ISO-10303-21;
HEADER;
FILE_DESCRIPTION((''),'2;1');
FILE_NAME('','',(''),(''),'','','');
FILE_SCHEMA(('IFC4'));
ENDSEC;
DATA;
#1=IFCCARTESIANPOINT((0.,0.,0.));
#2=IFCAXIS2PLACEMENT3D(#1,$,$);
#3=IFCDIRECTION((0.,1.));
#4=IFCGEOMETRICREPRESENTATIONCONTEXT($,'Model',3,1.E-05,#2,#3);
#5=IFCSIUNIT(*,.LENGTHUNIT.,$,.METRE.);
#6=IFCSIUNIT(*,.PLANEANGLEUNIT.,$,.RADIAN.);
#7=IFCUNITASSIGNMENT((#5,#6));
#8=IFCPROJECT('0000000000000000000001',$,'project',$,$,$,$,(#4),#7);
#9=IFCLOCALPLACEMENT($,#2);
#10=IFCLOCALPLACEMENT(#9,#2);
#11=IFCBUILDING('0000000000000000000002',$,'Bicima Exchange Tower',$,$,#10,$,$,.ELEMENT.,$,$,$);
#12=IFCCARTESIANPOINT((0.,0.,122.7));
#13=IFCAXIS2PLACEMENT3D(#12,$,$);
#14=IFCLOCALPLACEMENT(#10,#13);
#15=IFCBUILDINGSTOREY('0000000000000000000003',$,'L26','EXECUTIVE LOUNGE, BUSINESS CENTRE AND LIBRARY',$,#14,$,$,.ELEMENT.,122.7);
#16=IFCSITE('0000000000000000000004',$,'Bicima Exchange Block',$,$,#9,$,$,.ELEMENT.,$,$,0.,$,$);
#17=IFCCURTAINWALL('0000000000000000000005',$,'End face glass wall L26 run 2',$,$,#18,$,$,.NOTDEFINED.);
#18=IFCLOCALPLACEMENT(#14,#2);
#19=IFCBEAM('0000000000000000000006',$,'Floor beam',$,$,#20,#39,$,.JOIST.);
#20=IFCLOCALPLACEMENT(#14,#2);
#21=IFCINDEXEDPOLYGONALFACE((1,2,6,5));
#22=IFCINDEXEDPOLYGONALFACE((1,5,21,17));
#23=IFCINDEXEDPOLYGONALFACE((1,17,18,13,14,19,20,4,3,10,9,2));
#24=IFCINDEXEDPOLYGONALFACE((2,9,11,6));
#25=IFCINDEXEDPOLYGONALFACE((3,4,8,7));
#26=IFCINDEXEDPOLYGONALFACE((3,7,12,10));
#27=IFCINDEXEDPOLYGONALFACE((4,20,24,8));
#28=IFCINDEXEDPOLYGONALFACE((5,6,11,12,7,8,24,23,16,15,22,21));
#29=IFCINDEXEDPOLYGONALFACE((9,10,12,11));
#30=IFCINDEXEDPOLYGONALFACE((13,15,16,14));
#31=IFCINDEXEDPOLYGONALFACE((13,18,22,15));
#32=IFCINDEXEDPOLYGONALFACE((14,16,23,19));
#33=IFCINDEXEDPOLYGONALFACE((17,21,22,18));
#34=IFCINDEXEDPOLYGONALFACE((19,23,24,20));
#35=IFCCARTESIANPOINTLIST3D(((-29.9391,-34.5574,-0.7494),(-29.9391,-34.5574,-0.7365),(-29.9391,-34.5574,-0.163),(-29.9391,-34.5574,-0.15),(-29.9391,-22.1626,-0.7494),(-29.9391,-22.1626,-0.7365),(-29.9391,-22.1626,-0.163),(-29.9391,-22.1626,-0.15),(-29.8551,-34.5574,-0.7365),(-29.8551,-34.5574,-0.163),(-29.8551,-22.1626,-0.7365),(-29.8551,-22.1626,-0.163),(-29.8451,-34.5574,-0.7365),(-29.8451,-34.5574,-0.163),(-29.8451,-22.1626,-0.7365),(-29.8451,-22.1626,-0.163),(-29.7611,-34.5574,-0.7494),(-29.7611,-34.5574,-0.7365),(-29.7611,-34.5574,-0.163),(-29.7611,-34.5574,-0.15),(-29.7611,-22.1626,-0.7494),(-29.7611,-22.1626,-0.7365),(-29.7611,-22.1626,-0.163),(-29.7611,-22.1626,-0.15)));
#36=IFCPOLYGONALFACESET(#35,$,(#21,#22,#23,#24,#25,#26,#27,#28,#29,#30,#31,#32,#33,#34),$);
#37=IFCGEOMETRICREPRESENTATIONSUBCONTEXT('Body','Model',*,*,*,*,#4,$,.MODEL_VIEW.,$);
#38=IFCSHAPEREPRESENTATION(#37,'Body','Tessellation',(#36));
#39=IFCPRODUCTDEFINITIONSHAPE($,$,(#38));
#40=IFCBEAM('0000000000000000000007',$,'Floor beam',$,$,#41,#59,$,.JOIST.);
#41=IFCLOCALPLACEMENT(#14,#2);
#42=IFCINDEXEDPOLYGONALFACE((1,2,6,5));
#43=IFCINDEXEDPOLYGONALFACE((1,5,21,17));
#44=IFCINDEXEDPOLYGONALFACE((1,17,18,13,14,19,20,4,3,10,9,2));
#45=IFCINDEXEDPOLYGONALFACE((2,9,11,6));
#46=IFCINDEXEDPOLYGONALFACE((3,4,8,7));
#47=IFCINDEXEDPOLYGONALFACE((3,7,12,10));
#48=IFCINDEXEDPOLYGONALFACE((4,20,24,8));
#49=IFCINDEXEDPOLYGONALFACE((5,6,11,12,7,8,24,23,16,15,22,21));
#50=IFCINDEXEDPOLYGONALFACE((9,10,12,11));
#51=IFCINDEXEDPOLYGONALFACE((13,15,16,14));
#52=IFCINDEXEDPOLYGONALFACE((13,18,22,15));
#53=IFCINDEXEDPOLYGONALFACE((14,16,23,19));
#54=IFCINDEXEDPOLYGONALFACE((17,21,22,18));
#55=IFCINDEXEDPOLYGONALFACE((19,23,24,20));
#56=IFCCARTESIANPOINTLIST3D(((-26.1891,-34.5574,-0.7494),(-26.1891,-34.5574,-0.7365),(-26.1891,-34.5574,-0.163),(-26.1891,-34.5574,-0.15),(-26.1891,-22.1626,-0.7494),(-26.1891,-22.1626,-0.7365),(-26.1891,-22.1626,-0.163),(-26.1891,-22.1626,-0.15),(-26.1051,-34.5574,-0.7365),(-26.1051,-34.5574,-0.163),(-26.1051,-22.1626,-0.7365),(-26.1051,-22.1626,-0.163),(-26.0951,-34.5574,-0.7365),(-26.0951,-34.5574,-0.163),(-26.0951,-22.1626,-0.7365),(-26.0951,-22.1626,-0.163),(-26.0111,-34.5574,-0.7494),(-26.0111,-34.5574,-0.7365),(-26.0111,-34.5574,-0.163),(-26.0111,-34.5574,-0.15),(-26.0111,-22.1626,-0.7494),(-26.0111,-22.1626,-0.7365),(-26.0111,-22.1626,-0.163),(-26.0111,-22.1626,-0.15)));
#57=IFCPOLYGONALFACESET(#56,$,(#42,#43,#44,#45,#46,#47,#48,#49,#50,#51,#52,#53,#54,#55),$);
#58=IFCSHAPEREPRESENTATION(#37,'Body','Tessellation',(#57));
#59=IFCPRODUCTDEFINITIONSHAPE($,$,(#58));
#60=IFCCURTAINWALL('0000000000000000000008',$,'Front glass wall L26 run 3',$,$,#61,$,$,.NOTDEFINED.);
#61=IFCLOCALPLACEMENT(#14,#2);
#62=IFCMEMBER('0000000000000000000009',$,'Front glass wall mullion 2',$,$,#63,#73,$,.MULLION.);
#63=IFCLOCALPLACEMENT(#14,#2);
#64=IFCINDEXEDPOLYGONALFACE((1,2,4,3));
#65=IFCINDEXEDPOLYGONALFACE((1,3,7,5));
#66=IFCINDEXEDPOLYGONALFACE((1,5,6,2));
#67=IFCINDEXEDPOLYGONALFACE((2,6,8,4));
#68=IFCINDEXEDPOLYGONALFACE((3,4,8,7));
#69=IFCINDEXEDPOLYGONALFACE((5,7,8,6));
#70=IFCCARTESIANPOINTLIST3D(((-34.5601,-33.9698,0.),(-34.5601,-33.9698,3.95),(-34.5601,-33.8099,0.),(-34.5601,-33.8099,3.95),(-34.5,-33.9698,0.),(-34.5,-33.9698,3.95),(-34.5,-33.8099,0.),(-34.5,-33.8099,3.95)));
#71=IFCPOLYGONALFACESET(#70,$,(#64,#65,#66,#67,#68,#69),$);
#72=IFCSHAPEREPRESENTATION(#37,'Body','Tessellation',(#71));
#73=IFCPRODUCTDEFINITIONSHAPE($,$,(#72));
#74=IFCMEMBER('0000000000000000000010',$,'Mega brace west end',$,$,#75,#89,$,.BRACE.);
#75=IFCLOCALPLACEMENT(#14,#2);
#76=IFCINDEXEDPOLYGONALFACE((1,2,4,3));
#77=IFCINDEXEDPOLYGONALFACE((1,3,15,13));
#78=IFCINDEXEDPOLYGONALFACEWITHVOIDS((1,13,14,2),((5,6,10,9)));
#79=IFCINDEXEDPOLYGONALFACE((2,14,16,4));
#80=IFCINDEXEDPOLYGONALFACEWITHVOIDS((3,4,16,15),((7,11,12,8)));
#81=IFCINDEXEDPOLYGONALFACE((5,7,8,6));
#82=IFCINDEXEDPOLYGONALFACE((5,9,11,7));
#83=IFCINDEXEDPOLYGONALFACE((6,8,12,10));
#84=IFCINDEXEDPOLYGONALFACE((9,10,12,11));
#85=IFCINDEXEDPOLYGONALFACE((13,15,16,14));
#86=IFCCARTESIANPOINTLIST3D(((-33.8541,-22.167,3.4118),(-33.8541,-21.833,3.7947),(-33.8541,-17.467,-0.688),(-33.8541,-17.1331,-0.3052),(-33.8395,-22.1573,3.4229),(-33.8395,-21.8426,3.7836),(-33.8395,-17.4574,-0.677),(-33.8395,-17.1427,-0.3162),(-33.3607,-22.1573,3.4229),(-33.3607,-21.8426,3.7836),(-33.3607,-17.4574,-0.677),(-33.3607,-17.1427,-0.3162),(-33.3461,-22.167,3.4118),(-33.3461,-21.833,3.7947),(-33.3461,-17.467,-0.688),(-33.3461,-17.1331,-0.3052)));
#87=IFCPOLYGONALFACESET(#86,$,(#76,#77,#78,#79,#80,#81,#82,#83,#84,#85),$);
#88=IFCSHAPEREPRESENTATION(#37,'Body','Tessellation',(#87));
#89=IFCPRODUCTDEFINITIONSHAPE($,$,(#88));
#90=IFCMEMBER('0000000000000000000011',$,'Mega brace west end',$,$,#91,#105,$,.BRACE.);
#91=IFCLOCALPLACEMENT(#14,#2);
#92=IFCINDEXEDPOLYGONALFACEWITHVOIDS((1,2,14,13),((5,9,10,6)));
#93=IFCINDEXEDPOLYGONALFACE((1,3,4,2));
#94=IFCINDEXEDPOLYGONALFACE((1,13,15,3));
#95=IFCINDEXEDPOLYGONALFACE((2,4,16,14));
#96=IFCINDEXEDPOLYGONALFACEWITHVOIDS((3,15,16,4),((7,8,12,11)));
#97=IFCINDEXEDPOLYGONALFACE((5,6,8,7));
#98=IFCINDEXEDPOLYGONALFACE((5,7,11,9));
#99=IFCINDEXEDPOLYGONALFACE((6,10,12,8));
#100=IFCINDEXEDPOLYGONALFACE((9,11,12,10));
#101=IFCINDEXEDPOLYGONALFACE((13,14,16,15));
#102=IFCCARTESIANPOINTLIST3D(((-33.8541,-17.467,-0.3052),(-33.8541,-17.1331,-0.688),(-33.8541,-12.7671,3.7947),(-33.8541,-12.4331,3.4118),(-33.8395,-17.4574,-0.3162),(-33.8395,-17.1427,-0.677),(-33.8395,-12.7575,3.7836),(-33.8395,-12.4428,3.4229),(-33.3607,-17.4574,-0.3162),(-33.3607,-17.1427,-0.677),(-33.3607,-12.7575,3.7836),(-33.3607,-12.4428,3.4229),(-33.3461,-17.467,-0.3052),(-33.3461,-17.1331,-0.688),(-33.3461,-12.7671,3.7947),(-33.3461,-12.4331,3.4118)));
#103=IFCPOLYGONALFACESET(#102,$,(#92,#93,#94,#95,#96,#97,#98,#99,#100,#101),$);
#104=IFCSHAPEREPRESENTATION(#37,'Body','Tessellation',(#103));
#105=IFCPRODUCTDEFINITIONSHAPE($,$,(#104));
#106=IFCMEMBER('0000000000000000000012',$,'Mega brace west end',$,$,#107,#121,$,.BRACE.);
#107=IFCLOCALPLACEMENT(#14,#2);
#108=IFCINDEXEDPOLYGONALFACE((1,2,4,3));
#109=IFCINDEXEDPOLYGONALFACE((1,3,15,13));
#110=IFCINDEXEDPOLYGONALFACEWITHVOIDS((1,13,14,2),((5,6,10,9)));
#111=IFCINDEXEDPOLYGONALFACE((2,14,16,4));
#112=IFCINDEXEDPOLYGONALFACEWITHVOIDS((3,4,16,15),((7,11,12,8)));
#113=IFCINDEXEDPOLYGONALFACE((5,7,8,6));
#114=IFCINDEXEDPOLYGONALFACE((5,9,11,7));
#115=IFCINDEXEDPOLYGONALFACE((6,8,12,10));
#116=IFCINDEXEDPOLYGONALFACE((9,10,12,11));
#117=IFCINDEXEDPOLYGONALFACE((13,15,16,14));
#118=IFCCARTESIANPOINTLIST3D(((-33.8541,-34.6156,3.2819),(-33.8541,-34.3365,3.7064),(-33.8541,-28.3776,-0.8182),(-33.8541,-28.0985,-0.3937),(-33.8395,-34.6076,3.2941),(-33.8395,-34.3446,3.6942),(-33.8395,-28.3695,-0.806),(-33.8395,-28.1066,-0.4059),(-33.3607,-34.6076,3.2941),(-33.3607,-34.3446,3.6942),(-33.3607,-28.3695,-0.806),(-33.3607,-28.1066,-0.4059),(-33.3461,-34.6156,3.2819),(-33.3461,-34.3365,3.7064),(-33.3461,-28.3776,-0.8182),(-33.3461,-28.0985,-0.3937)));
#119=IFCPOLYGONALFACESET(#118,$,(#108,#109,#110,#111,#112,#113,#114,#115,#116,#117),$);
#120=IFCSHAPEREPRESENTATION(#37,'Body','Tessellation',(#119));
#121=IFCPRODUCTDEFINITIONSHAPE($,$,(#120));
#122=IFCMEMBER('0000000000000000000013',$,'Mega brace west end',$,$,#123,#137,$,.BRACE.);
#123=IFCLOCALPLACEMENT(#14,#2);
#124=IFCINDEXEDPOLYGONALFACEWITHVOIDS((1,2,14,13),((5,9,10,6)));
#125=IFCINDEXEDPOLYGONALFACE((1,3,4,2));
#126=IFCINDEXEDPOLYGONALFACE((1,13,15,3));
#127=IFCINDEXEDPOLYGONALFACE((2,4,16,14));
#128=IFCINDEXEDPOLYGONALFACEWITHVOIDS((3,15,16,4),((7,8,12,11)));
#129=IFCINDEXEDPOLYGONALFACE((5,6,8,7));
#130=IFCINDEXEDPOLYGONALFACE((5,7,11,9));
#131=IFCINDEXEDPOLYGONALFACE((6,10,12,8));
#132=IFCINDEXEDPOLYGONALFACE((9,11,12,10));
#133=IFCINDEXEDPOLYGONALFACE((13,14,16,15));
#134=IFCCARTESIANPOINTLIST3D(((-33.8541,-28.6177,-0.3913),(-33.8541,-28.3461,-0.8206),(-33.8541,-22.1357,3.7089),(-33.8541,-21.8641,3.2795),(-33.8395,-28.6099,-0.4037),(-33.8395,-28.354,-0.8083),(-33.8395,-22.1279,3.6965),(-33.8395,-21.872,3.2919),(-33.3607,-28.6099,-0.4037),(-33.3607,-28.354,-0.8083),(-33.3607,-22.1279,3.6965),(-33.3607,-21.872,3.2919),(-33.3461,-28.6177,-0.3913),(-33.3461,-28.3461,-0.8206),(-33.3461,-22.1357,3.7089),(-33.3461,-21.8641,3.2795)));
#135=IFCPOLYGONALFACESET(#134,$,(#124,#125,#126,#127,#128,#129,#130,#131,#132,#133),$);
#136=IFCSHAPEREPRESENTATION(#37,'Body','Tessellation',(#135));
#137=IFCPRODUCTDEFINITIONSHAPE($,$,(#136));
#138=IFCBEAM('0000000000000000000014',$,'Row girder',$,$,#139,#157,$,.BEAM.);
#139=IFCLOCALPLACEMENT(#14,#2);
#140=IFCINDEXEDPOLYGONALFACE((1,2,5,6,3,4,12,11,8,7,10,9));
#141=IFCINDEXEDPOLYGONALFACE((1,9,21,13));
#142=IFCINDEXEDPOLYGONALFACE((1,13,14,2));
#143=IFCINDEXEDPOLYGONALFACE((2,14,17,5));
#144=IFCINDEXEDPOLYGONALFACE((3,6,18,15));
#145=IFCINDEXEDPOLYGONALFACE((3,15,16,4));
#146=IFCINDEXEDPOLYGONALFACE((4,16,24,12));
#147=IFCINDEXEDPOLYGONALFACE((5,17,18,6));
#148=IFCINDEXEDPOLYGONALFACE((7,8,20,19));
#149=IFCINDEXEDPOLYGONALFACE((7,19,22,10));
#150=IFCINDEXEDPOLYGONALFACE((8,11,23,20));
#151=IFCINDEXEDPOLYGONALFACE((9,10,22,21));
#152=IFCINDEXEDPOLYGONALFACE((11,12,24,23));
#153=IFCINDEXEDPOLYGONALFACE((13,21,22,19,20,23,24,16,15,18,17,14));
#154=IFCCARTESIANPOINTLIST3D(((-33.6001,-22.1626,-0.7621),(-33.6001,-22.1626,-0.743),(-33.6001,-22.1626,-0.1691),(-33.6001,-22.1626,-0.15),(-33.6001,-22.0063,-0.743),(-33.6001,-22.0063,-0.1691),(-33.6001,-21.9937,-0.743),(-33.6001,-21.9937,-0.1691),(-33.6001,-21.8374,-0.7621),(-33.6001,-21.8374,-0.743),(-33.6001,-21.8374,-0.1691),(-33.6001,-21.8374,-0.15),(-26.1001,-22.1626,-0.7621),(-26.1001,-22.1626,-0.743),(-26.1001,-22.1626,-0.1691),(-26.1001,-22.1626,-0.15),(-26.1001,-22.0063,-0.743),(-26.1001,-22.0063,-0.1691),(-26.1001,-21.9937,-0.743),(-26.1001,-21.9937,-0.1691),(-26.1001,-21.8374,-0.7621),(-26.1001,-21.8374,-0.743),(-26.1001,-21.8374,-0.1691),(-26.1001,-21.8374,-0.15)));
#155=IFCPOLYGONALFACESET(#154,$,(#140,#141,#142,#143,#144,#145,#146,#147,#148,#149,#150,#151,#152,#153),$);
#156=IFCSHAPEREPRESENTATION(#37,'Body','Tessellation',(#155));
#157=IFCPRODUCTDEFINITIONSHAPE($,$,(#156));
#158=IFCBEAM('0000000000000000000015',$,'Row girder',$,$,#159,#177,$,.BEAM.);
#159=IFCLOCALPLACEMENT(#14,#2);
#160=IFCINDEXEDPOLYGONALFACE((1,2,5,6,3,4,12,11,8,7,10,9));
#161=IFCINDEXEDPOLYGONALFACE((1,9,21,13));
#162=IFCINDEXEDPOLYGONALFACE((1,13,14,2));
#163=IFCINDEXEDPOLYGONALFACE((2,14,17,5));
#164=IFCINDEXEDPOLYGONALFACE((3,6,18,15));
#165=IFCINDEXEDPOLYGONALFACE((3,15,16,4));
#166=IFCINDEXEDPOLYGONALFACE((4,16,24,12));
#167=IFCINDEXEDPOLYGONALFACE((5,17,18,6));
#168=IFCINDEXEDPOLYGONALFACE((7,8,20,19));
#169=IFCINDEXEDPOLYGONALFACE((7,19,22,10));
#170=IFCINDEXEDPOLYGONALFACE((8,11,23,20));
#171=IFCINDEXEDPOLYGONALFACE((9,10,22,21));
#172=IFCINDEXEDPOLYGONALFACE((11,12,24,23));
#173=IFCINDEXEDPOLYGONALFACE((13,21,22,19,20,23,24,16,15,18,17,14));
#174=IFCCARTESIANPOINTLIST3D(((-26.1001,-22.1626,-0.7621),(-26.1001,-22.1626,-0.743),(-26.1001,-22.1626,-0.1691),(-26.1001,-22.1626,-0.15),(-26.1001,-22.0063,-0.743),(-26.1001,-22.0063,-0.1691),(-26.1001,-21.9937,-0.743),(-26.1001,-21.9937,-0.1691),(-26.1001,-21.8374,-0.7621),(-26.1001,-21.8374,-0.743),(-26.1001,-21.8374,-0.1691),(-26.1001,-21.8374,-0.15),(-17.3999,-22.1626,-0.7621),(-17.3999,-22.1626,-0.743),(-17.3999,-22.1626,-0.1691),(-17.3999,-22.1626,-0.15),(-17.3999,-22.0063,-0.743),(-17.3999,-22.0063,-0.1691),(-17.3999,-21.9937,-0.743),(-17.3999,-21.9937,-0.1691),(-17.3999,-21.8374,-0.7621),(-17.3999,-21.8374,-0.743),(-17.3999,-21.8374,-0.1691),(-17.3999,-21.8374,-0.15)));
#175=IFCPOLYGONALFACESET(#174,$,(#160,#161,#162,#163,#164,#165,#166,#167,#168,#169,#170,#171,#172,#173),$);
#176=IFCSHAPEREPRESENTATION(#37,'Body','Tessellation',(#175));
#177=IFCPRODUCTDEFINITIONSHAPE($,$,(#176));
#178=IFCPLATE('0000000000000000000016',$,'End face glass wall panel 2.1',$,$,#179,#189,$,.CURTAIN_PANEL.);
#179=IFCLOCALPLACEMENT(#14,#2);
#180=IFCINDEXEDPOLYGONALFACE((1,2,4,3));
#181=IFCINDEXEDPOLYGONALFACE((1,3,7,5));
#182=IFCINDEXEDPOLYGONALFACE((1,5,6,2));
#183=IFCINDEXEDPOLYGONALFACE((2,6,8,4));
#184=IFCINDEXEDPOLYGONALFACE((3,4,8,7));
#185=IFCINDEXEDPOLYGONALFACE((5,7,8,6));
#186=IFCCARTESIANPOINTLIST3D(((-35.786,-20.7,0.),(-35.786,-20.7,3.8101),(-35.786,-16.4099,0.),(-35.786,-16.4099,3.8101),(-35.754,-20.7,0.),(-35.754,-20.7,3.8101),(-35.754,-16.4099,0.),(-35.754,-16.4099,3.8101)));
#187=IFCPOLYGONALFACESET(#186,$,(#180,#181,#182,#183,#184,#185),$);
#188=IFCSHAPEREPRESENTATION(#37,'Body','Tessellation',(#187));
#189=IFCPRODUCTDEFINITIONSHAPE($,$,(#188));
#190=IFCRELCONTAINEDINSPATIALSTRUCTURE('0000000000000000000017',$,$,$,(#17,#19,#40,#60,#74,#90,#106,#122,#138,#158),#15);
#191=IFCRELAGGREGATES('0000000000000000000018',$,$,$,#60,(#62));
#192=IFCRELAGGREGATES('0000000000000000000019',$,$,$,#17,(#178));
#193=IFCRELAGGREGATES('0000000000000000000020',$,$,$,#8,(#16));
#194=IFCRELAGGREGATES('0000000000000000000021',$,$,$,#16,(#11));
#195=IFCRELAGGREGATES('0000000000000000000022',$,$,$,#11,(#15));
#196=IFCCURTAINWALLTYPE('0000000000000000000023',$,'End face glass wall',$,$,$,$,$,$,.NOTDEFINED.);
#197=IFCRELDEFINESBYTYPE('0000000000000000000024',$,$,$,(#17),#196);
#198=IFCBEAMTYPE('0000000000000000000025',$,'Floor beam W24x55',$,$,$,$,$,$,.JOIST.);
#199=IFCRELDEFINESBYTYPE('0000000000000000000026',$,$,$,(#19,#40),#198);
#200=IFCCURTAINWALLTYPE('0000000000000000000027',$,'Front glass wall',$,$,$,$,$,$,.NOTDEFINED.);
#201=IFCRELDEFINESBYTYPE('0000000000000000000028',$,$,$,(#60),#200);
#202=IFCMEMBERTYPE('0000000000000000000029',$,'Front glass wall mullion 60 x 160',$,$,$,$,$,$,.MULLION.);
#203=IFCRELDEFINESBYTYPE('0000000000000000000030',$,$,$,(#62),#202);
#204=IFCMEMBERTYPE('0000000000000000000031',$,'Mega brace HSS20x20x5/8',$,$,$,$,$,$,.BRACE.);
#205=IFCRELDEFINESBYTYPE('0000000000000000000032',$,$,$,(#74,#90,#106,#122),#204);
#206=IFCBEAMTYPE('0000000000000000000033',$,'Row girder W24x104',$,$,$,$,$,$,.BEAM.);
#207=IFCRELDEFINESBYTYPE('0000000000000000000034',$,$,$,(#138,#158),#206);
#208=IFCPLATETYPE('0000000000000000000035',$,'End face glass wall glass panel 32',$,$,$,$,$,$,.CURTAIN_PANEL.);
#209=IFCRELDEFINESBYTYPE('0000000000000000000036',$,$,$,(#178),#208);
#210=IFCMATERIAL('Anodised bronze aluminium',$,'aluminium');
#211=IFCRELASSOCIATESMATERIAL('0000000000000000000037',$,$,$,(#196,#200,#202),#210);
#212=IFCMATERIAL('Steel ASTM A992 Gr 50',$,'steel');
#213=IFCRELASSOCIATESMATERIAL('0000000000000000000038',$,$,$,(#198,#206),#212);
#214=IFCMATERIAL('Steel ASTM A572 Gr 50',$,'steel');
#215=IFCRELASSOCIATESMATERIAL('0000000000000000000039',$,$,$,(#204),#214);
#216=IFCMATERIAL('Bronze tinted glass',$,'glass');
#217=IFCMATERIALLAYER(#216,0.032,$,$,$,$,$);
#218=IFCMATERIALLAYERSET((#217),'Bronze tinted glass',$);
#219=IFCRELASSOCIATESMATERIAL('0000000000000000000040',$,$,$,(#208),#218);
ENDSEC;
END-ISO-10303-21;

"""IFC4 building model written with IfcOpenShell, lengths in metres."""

from ifc_helpers import new_model, si_unit, direction, frame, origin, origin_2d, place, context, subcontext, project, spatial, rectangle, hollow_rectangle, i_section, extrude, material, layer, layer_set, material_profile, profile_set, type_object, element, aggregate, save


model = new_model("IFC4")

# Units and contexts
model_context = context("Model", 3, precision=1e-05, world=origin(), true_north=direction((0.0, 1.0)))
body_context = subcontext(model_context, "Body", "Model", "MODEL_VIEW")
ifc_project = project(units=[si_unit("LENGTHUNIT", "METRE"), si_unit("PLANEANGLEUNIT", "RADIAN")], contexts=[model_context])

# Site, building, storey
site_placement = place(None, origin())
site = spatial("IfcSite", under=ifc_project, at=site_placement, Name="Bicima Exchange Block", CompositionType="ELEMENT", RefElevation=0.0)
building_placement = place(site_placement, origin())
building = spatial("IfcBuilding", under=site, at=building_placement, Name="Bicima Exchange Tower", CompositionType="ELEMENT")
storey_placement = place(building_placement, frame((0.0, 0.0, 122.7)))
storey = spatial("IfcBuildingStorey", under=building, at=storey_placement, Name="L26", Description="EXECUTIVE LOUNGE, BUSINESS CENTRE AND LIBRARY", CompositionType="ELEMENT", Elevation=122.7)

# Shared definitions
ifc_material_1 = material(Name="Steel ASTM A992 Gr 50", Category="steel")

# Curtain wall
ifc_material_2 = material(Name="Anodised bronze aluminium", Category="aluminium")
curtain_wall_type_1 = type_object("IfcCurtainWallType", Name="End face glass wall", PredefinedType="NOTDEFINED", material=ifc_material_2)
curtain_wall_1_placement = place(storey_placement, origin())
curtain_wall_1 = element("IfcCurtainWall", 1, at=curtain_wall_1_placement, inside=storey, type_object=curtain_wall_type_1, Name="End face glass wall L26 run 2", PredefinedType="NOTDEFINED")
ifc_material_profile_1 = material_profile(ifc_material_2, rectangle(XDim=0.1599, YDim=0.0601, at=origin_2d()))
ifc_profile_set_1 = profile_set([ifc_material_profile_1], Name="Anodised bronze aluminium")

# Beams
ifc_material_profile_2 = material_profile(ifc_material_1, i_section(OverallWidth=0.178, OverallDepth=0.5994, WebThickness=0.01, FlangeThickness=0.0129, at=origin_2d()))
ifc_profile_set_2 = profile_set([ifc_material_profile_2], Name="Steel ASTM A992 Gr 50")
beam_type_1 = type_object("IfcBeamType", Name="Floor beam W24x55", PredefinedType="JOIST", material=ifc_profile_set_2)
for number, where, z_axis, x_axis, name in (
    (2, (-29.8501, -22.1626, -0.4497), (0.0, -1.0, 0.0), (1.0, 0.0, 0.0), "Floor beam"),
    (3, (-26.1001, -22.1626, -0.4497), (0.0, -1.0, 0.0), (1.0, 0.0, 0.0), "Floor beam"),
):
    element("IfcBeam", number, at=place(storey_placement, frame(where, z_axis=z_axis, x_axis=x_axis)), inside=storey, type_object=beam_type_1, Name=name, PredefinedType="JOIST", context=body_context, shape_type="SweptSolid", body=[
        extrude(i_section(OverallWidth=0.178, OverallDepth=0.5994, WebThickness=0.01, FlangeThickness=0.0129, at=origin_2d()), origin(), (0.0, 0.0, 1.0), 12.3948),
    ])

# Curtain wall, member
curtain_wall_type_2 = type_object("IfcCurtainWallType", Name="Front glass wall", PredefinedType="NOTDEFINED", material=ifc_material_2)
curtain_wall_2_placement = place(storey_placement, origin())
curtain_wall_2 = element("IfcCurtainWall", 4, at=curtain_wall_2_placement, inside=storey, type_object=curtain_wall_type_2, Name="Front glass wall L26 run 3", PredefinedType="NOTDEFINED")
member_type_1 = type_object("IfcMemberType", Name="Front glass wall mullion 60 x 160", PredefinedType="MULLION", material=ifc_profile_set_1)
member_1_placement = place(storey_placement, frame((-34.53, -33.8899, 0.0), z_axis=(0.0, 0.0, 1.0), x_axis=(0.0, 1.0, 0.0)))
member_1 = element("IfcMember", 5, at=member_1_placement, type_object=member_type_1, Name="Front glass wall mullion 2", PredefinedType="MULLION", context=body_context, shape_type="SweptSolid", body=[
    extrude(rectangle(XDim=0.1599, YDim=0.0601, at=origin_2d()), origin(), (0.0, 0.0, 1.0), 3.95),
])
aggregate(curtain_wall_2, [member_1])

# Members
ifc_material_3 = material(Name="Steel ASTM A572 Gr 50", Category="steel")
ifc_material_profile_3 = material_profile(ifc_material_3, hollow_rectangle(XDim=0.5081, YDim=0.5081, WallThickness=0.0146, at=origin_2d()))
ifc_profile_set_3 = profile_set([ifc_material_profile_3], Name="Steel ASTM A572 Gr 50")
member_type_2 = type_object("IfcMemberType", Name="Mega brace HSS20x20x5/8", PredefinedType="BRACE", material=ifc_profile_set_3)
for number, where, z_axis, x_axis, name in (
    (6, (-33.6001, -17.3, -0.4966), (0.0, -0.753577, 0.657359), (1.0, 0.0, 0.0), "Mega brace west end"),
    (7, (-33.6001, -17.3, -0.4966), (0.0, 0.753577, 0.657359), (-1.0, 0.0, 0.0), "Mega brace west end"),
):
    element("IfcMember", number, at=place(storey_placement, frame(where, z_axis=z_axis, x_axis=x_axis)), inside=storey, type_object=member_type_2, Name=name, PredefinedType="BRACE", context=body_context, shape_type="SweptSolid", body=[
        extrude(hollow_rectangle(XDim=0.5081, YDim=0.5081, WallThickness=0.0146, at=origin_2d()), origin(), (0.0, 0.0, 1.0), 6.2368),
    ])
member_2_placement = place(storey_placement, frame((-33.6001, -28.238, -0.606), z_axis=(0.0, -0.835655, 0.549254), x_axis=(1.0, 0.0, 0.0)))
element("IfcMember", 8, at=member_2_placement, inside=storey, type_object=member_type_2, Name="Mega brace west end", PredefinedType="BRACE", context=body_context, shape_type="SweptSolid", body=[
    extrude(hollow_rectangle(XDim=0.5081, YDim=0.5081, WallThickness=0.0146, at=origin_2d()), origin(), (0.0, 0.0, 1.0), 7.4648),
])
member_3_placement = place(storey_placement, frame((-33.6001, -28.4819, -0.606), z_axis=(0.0, 0.845121, 0.534575), x_axis=(-1.0, 0.0, 0.0)))
element("IfcMember", 9, at=member_3_placement, inside=storey, type_object=member_type_2, Name="Mega brace west end", PredefinedType="BRACE", context=body_context, shape_type="SweptSolid", body=[
    extrude(hollow_rectangle(XDim=0.5081, YDim=0.5081, WallThickness=0.0146, at=origin_2d()), origin(), (0.0, 0.0, 1.0), 7.6699),
])

# Beams
ifc_material_profile_4 = material_profile(ifc_material_1, i_section(OverallWidth=0.3252, OverallDepth=0.6121, WebThickness=0.0127, FlangeThickness=0.019, at=origin_2d()))
ifc_profile_set_4 = profile_set([ifc_material_profile_4], Name="Steel ASTM A992 Gr 50")
beam_type_2 = type_object("IfcBeamType", Name="Row girder W24x104", PredefinedType="BEAM", material=ifc_profile_set_4)
beam_1_placement = place(storey_placement, frame((-33.6001, -22.0, -0.4561), z_axis=(1.0, 0.0, 0.0), x_axis=(0.0, 1.0, 0.0)))
element("IfcBeam", 10, at=beam_1_placement, inside=storey, type_object=beam_type_2, Name="Row girder", PredefinedType="BEAM", context=body_context, shape_type="SweptSolid", body=[
    extrude(i_section(OverallWidth=0.3252, OverallDepth=0.6121, WebThickness=0.0127, FlangeThickness=0.019, at=origin_2d()), origin(), (0.0, 0.0, 1.0), 7.5),
])
beam_2_placement = place(storey_placement, frame((-26.1001, -22.0, -0.4561), z_axis=(1.0, 0.0, 0.0), x_axis=(0.0, 1.0, 0.0)))
element("IfcBeam", 11, at=beam_2_placement, inside=storey, type_object=beam_type_2, Name="Row girder", PredefinedType="BEAM", context=body_context, shape_type="SweptSolid", body=[
    extrude(i_section(OverallWidth=0.3252, OverallDepth=0.6121, WebThickness=0.0127, FlangeThickness=0.019, at=origin_2d()), origin(), (0.0, 0.0, 1.0), 8.7002),
])

# Plate
ifc_material_4 = material(Name="Bronze tinted glass", Category="glass")
ifc_layer_1 = layer(ifc_material_4, 0.032)
ifc_layer_set_1 = layer_set([ifc_layer_1], Name="Bronze tinted glass")
plate_type_1 = type_object("IfcPlateType", Name="End face glass wall glass panel 32", PredefinedType="CURTAIN_PANEL", material=ifc_layer_set_1)
plate_1_placement = place(storey_placement, frame((-35.77, -18.5549, 0.0), z_axis=(0.0, 0.0, 1.0), x_axis=(0.0, -1.0, 0.0)))
plate_1 = element("IfcPlate", 12, at=plate_1_placement, type_object=plate_type_1, Name="End face glass wall panel 2.1", PredefinedType="CURTAIN_PANEL", context=body_context, shape_type="SweptSolid", body=[
    extrude(rectangle(XDim=4.29, YDim=0.032, at=origin_2d()), origin(), (0.0, 0.0, 1.0), 3.8101),
])
aggregate(curtain_wall_1, [plate_1])

save(model, "model.ifc")
